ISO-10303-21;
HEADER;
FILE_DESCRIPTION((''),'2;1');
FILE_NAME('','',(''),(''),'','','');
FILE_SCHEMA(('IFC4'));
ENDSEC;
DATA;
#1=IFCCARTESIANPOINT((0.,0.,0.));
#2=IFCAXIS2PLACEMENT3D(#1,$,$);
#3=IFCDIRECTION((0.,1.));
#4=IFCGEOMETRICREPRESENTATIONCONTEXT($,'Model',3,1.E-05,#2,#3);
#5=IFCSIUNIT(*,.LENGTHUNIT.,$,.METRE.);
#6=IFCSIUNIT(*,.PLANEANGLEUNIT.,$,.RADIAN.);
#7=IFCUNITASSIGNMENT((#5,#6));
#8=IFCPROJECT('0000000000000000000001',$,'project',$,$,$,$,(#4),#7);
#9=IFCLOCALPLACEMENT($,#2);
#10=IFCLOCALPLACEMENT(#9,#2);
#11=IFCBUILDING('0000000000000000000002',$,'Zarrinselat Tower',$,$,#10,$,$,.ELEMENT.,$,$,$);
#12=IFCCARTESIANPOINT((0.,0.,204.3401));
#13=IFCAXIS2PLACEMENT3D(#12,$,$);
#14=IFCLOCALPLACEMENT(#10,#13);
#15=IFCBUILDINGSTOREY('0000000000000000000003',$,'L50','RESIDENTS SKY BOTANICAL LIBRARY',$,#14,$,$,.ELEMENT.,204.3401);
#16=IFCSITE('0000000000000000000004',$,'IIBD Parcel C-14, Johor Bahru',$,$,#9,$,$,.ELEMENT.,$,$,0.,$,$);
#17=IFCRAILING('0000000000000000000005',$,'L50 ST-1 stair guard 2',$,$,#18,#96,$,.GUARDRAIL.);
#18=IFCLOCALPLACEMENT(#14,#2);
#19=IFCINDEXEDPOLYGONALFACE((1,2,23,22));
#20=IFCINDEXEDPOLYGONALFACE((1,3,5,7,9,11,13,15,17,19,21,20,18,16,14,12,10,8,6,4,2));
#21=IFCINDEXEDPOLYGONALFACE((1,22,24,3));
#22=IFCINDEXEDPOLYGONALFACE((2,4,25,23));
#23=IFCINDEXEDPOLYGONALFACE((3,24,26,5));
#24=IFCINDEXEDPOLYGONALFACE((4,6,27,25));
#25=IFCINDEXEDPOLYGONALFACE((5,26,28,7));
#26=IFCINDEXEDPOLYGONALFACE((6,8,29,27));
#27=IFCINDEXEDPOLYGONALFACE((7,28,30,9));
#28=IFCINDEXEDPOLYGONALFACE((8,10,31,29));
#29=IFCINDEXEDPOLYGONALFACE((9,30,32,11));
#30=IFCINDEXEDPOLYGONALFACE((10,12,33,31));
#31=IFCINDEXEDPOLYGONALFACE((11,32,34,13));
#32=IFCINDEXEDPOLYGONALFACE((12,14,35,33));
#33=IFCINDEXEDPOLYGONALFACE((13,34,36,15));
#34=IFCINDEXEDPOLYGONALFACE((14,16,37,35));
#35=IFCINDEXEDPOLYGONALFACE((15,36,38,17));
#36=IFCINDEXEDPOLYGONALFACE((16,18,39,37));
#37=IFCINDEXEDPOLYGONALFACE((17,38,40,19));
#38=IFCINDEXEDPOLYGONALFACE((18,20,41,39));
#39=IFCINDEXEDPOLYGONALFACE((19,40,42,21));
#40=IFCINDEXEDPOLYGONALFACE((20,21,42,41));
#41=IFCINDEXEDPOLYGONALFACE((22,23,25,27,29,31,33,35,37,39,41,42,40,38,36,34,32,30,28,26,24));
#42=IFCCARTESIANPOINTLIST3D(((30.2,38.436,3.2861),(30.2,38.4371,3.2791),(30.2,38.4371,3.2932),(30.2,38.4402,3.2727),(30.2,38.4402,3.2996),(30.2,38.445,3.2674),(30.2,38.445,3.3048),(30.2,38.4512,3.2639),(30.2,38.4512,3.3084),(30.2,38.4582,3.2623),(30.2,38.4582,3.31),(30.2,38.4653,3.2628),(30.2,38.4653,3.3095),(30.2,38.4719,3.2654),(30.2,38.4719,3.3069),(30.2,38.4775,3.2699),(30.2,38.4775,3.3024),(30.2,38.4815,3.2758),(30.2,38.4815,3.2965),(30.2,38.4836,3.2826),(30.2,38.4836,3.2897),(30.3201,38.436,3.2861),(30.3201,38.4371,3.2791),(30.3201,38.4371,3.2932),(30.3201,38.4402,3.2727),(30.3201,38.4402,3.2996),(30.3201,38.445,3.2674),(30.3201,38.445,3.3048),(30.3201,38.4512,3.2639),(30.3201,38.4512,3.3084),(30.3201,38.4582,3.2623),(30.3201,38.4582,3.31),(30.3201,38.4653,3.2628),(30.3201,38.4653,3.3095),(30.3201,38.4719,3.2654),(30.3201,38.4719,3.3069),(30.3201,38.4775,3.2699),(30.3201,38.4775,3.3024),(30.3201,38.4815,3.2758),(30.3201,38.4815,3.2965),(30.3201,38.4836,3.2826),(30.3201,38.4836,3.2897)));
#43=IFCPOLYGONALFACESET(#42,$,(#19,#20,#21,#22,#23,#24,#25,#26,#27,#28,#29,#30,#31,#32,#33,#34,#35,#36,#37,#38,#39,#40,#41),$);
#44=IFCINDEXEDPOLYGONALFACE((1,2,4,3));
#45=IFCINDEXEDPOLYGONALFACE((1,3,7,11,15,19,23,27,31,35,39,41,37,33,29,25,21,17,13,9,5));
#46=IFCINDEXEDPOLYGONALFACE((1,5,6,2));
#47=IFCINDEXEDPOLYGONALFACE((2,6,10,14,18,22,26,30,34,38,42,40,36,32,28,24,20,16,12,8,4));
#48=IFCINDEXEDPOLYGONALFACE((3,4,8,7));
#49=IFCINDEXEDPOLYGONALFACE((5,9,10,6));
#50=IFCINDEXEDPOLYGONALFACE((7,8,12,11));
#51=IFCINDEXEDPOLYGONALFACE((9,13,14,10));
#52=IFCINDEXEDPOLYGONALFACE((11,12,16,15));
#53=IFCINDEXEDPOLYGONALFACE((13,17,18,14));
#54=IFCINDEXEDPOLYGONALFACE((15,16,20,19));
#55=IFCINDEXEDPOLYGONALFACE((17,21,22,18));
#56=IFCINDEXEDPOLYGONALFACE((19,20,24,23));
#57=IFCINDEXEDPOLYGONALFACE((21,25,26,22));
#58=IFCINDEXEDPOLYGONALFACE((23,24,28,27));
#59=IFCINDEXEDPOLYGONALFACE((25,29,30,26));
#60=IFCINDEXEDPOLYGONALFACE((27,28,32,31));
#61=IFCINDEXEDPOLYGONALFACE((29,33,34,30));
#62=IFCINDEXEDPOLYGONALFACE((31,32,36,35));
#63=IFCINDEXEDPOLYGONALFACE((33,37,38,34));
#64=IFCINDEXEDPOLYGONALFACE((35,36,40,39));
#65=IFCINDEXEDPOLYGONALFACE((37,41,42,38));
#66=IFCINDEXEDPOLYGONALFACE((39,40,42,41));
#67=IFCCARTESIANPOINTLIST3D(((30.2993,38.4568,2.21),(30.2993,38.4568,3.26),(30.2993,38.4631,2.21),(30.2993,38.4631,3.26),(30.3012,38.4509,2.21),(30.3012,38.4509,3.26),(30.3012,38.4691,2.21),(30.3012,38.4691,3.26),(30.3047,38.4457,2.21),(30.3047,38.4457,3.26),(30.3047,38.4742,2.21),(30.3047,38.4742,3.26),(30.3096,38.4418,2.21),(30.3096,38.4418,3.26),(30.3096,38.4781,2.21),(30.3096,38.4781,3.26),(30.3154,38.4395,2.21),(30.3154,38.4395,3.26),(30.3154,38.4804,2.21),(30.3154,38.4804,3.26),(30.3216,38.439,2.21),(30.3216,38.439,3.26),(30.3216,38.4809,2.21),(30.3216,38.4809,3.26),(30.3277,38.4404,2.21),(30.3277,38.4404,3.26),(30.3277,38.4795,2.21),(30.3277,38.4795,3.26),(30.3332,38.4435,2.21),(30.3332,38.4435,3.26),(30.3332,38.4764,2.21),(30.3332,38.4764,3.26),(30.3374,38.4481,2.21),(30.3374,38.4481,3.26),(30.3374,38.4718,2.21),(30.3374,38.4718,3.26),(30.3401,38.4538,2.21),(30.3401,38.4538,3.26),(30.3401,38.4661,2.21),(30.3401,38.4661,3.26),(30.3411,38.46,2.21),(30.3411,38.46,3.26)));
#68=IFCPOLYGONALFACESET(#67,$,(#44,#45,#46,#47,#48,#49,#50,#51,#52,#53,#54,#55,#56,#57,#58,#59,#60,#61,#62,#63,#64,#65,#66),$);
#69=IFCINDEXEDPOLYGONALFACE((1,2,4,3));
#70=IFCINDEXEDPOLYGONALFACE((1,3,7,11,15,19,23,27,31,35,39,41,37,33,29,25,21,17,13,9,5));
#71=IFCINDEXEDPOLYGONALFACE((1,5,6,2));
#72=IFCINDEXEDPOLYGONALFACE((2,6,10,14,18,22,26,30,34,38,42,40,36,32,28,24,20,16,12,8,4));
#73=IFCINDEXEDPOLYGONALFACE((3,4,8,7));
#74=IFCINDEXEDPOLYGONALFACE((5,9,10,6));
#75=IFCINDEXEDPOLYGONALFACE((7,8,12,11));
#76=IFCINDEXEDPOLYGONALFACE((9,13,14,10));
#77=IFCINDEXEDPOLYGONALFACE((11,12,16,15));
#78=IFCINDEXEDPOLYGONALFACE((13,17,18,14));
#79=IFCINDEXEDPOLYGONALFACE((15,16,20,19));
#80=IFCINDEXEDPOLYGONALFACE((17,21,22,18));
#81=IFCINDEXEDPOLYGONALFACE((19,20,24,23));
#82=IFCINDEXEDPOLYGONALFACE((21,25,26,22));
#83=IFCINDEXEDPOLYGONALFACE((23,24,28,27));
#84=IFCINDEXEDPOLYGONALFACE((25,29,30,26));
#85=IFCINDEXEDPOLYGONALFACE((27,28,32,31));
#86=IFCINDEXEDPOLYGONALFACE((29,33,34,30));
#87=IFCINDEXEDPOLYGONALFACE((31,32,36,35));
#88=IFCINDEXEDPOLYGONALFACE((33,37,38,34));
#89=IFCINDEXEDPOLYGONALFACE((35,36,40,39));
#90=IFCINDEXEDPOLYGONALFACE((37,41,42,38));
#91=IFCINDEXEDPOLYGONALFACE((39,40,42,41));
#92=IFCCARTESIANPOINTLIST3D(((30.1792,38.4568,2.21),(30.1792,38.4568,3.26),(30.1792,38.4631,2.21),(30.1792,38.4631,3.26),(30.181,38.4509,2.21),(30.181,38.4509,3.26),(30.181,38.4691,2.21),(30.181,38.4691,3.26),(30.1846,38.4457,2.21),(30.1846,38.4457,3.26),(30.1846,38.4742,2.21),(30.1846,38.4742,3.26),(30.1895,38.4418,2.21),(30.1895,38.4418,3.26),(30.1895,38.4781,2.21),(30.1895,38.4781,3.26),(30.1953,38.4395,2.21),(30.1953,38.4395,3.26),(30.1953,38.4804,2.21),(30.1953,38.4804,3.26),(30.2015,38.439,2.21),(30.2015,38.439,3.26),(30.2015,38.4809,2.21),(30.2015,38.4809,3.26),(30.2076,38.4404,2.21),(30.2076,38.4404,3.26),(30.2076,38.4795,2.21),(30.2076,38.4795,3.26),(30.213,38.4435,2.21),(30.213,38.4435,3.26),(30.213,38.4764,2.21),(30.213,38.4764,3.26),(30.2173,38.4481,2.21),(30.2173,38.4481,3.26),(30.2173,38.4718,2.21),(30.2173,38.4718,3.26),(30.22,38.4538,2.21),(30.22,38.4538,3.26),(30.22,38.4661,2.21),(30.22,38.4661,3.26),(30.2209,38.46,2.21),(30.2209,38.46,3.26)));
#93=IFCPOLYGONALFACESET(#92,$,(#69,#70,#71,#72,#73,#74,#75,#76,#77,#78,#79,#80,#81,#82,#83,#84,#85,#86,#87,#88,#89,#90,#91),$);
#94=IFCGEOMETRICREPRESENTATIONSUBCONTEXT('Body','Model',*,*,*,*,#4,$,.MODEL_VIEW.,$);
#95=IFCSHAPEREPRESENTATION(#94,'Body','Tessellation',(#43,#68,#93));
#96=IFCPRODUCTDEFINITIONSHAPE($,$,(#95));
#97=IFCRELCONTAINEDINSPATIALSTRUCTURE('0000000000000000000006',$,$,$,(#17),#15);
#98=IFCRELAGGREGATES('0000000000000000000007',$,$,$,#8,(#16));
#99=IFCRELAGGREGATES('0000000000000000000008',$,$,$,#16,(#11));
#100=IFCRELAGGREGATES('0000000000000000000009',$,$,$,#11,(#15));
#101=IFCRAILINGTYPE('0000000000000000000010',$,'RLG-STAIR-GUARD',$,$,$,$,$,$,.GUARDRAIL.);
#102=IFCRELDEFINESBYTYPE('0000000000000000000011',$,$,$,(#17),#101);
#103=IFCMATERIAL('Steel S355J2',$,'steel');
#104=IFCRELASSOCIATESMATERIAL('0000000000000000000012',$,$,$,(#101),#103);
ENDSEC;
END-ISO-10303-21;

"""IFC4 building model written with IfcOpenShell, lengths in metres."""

from ifc_helpers import new_model, si_unit, direction, frame, origin, origin_2d, place, context, subcontext, project, spatial, circle, extrude, material, type_object, element, save


model = new_model("IFC4")

# Units and contexts
model_context = context("Model", 3, precision=1e-05, world=origin(), true_north=direction((0.0, 1.0)))
body_context = subcontext(model_context, "Body", "Model", "MODEL_VIEW")
ifc_project = project(units=[si_unit("LENGTHUNIT", "METRE"), si_unit("PLANEANGLEUNIT", "RADIAN")], contexts=[model_context])

# Site, building, storey
site_placement = place(None, origin())
site = spatial("IfcSite", under=ifc_project, at=site_placement, Name="IIBD Parcel C-14, Johor Bahru", CompositionType="ELEMENT", RefElevation=0.0)
building_placement = place(site_placement, origin())
building = spatial("IfcBuilding", under=site, at=building_placement, Name="Zarrinselat Tower", CompositionType="ELEMENT")
storey_placement = place(building_placement, frame((0.0, 0.0, 204.3401)))
storey = spatial("IfcBuildingStorey", under=building, at=storey_placement, Name="L50", Description="RESIDENTS SKY BOTANICAL LIBRARY", CompositionType="ELEMENT", Elevation=204.3401)

# Railing
ifc_material_1 = material(Name="Steel S355J2", Category="steel")
railing_type_1 = type_object("IfcRailingType", Name="RLG-STAIR-GUARD", PredefinedType="GUARDRAIL", material=ifc_material_1)
railing_1_placement = place(storey_placement, frame((30.3201, 38.46, 2.21)))
element("IfcRailing", 1, at=railing_1_placement, inside=storey, type_object=railing_type_1, Name="L50 ST-1 stair guard 2", PredefinedType="GUARDRAIL", context=body_context, shape_type="SweptSolid", body=[
    extrude(circle(Radius=0.0239, at=origin_2d()), frame((0.0, 0.0, 1.0762), z_axis=(-1.0, 0.0, 0.0), x_axis=(0.0, -1.0, 0.0)), (0.0, 0.0, 1.0), 0.1201),
    extrude(circle(Radius=0.021, at=origin_2d()), origin(), (0.0, 0.0, 1.0), 1.05),
    extrude(circle(Radius=0.021, at=origin_2d()), frame((-0.1201, 0.0, 0.0)), (0.0, 0.0, 1.0), 1.05),
])

save(model, "model.ifc")
